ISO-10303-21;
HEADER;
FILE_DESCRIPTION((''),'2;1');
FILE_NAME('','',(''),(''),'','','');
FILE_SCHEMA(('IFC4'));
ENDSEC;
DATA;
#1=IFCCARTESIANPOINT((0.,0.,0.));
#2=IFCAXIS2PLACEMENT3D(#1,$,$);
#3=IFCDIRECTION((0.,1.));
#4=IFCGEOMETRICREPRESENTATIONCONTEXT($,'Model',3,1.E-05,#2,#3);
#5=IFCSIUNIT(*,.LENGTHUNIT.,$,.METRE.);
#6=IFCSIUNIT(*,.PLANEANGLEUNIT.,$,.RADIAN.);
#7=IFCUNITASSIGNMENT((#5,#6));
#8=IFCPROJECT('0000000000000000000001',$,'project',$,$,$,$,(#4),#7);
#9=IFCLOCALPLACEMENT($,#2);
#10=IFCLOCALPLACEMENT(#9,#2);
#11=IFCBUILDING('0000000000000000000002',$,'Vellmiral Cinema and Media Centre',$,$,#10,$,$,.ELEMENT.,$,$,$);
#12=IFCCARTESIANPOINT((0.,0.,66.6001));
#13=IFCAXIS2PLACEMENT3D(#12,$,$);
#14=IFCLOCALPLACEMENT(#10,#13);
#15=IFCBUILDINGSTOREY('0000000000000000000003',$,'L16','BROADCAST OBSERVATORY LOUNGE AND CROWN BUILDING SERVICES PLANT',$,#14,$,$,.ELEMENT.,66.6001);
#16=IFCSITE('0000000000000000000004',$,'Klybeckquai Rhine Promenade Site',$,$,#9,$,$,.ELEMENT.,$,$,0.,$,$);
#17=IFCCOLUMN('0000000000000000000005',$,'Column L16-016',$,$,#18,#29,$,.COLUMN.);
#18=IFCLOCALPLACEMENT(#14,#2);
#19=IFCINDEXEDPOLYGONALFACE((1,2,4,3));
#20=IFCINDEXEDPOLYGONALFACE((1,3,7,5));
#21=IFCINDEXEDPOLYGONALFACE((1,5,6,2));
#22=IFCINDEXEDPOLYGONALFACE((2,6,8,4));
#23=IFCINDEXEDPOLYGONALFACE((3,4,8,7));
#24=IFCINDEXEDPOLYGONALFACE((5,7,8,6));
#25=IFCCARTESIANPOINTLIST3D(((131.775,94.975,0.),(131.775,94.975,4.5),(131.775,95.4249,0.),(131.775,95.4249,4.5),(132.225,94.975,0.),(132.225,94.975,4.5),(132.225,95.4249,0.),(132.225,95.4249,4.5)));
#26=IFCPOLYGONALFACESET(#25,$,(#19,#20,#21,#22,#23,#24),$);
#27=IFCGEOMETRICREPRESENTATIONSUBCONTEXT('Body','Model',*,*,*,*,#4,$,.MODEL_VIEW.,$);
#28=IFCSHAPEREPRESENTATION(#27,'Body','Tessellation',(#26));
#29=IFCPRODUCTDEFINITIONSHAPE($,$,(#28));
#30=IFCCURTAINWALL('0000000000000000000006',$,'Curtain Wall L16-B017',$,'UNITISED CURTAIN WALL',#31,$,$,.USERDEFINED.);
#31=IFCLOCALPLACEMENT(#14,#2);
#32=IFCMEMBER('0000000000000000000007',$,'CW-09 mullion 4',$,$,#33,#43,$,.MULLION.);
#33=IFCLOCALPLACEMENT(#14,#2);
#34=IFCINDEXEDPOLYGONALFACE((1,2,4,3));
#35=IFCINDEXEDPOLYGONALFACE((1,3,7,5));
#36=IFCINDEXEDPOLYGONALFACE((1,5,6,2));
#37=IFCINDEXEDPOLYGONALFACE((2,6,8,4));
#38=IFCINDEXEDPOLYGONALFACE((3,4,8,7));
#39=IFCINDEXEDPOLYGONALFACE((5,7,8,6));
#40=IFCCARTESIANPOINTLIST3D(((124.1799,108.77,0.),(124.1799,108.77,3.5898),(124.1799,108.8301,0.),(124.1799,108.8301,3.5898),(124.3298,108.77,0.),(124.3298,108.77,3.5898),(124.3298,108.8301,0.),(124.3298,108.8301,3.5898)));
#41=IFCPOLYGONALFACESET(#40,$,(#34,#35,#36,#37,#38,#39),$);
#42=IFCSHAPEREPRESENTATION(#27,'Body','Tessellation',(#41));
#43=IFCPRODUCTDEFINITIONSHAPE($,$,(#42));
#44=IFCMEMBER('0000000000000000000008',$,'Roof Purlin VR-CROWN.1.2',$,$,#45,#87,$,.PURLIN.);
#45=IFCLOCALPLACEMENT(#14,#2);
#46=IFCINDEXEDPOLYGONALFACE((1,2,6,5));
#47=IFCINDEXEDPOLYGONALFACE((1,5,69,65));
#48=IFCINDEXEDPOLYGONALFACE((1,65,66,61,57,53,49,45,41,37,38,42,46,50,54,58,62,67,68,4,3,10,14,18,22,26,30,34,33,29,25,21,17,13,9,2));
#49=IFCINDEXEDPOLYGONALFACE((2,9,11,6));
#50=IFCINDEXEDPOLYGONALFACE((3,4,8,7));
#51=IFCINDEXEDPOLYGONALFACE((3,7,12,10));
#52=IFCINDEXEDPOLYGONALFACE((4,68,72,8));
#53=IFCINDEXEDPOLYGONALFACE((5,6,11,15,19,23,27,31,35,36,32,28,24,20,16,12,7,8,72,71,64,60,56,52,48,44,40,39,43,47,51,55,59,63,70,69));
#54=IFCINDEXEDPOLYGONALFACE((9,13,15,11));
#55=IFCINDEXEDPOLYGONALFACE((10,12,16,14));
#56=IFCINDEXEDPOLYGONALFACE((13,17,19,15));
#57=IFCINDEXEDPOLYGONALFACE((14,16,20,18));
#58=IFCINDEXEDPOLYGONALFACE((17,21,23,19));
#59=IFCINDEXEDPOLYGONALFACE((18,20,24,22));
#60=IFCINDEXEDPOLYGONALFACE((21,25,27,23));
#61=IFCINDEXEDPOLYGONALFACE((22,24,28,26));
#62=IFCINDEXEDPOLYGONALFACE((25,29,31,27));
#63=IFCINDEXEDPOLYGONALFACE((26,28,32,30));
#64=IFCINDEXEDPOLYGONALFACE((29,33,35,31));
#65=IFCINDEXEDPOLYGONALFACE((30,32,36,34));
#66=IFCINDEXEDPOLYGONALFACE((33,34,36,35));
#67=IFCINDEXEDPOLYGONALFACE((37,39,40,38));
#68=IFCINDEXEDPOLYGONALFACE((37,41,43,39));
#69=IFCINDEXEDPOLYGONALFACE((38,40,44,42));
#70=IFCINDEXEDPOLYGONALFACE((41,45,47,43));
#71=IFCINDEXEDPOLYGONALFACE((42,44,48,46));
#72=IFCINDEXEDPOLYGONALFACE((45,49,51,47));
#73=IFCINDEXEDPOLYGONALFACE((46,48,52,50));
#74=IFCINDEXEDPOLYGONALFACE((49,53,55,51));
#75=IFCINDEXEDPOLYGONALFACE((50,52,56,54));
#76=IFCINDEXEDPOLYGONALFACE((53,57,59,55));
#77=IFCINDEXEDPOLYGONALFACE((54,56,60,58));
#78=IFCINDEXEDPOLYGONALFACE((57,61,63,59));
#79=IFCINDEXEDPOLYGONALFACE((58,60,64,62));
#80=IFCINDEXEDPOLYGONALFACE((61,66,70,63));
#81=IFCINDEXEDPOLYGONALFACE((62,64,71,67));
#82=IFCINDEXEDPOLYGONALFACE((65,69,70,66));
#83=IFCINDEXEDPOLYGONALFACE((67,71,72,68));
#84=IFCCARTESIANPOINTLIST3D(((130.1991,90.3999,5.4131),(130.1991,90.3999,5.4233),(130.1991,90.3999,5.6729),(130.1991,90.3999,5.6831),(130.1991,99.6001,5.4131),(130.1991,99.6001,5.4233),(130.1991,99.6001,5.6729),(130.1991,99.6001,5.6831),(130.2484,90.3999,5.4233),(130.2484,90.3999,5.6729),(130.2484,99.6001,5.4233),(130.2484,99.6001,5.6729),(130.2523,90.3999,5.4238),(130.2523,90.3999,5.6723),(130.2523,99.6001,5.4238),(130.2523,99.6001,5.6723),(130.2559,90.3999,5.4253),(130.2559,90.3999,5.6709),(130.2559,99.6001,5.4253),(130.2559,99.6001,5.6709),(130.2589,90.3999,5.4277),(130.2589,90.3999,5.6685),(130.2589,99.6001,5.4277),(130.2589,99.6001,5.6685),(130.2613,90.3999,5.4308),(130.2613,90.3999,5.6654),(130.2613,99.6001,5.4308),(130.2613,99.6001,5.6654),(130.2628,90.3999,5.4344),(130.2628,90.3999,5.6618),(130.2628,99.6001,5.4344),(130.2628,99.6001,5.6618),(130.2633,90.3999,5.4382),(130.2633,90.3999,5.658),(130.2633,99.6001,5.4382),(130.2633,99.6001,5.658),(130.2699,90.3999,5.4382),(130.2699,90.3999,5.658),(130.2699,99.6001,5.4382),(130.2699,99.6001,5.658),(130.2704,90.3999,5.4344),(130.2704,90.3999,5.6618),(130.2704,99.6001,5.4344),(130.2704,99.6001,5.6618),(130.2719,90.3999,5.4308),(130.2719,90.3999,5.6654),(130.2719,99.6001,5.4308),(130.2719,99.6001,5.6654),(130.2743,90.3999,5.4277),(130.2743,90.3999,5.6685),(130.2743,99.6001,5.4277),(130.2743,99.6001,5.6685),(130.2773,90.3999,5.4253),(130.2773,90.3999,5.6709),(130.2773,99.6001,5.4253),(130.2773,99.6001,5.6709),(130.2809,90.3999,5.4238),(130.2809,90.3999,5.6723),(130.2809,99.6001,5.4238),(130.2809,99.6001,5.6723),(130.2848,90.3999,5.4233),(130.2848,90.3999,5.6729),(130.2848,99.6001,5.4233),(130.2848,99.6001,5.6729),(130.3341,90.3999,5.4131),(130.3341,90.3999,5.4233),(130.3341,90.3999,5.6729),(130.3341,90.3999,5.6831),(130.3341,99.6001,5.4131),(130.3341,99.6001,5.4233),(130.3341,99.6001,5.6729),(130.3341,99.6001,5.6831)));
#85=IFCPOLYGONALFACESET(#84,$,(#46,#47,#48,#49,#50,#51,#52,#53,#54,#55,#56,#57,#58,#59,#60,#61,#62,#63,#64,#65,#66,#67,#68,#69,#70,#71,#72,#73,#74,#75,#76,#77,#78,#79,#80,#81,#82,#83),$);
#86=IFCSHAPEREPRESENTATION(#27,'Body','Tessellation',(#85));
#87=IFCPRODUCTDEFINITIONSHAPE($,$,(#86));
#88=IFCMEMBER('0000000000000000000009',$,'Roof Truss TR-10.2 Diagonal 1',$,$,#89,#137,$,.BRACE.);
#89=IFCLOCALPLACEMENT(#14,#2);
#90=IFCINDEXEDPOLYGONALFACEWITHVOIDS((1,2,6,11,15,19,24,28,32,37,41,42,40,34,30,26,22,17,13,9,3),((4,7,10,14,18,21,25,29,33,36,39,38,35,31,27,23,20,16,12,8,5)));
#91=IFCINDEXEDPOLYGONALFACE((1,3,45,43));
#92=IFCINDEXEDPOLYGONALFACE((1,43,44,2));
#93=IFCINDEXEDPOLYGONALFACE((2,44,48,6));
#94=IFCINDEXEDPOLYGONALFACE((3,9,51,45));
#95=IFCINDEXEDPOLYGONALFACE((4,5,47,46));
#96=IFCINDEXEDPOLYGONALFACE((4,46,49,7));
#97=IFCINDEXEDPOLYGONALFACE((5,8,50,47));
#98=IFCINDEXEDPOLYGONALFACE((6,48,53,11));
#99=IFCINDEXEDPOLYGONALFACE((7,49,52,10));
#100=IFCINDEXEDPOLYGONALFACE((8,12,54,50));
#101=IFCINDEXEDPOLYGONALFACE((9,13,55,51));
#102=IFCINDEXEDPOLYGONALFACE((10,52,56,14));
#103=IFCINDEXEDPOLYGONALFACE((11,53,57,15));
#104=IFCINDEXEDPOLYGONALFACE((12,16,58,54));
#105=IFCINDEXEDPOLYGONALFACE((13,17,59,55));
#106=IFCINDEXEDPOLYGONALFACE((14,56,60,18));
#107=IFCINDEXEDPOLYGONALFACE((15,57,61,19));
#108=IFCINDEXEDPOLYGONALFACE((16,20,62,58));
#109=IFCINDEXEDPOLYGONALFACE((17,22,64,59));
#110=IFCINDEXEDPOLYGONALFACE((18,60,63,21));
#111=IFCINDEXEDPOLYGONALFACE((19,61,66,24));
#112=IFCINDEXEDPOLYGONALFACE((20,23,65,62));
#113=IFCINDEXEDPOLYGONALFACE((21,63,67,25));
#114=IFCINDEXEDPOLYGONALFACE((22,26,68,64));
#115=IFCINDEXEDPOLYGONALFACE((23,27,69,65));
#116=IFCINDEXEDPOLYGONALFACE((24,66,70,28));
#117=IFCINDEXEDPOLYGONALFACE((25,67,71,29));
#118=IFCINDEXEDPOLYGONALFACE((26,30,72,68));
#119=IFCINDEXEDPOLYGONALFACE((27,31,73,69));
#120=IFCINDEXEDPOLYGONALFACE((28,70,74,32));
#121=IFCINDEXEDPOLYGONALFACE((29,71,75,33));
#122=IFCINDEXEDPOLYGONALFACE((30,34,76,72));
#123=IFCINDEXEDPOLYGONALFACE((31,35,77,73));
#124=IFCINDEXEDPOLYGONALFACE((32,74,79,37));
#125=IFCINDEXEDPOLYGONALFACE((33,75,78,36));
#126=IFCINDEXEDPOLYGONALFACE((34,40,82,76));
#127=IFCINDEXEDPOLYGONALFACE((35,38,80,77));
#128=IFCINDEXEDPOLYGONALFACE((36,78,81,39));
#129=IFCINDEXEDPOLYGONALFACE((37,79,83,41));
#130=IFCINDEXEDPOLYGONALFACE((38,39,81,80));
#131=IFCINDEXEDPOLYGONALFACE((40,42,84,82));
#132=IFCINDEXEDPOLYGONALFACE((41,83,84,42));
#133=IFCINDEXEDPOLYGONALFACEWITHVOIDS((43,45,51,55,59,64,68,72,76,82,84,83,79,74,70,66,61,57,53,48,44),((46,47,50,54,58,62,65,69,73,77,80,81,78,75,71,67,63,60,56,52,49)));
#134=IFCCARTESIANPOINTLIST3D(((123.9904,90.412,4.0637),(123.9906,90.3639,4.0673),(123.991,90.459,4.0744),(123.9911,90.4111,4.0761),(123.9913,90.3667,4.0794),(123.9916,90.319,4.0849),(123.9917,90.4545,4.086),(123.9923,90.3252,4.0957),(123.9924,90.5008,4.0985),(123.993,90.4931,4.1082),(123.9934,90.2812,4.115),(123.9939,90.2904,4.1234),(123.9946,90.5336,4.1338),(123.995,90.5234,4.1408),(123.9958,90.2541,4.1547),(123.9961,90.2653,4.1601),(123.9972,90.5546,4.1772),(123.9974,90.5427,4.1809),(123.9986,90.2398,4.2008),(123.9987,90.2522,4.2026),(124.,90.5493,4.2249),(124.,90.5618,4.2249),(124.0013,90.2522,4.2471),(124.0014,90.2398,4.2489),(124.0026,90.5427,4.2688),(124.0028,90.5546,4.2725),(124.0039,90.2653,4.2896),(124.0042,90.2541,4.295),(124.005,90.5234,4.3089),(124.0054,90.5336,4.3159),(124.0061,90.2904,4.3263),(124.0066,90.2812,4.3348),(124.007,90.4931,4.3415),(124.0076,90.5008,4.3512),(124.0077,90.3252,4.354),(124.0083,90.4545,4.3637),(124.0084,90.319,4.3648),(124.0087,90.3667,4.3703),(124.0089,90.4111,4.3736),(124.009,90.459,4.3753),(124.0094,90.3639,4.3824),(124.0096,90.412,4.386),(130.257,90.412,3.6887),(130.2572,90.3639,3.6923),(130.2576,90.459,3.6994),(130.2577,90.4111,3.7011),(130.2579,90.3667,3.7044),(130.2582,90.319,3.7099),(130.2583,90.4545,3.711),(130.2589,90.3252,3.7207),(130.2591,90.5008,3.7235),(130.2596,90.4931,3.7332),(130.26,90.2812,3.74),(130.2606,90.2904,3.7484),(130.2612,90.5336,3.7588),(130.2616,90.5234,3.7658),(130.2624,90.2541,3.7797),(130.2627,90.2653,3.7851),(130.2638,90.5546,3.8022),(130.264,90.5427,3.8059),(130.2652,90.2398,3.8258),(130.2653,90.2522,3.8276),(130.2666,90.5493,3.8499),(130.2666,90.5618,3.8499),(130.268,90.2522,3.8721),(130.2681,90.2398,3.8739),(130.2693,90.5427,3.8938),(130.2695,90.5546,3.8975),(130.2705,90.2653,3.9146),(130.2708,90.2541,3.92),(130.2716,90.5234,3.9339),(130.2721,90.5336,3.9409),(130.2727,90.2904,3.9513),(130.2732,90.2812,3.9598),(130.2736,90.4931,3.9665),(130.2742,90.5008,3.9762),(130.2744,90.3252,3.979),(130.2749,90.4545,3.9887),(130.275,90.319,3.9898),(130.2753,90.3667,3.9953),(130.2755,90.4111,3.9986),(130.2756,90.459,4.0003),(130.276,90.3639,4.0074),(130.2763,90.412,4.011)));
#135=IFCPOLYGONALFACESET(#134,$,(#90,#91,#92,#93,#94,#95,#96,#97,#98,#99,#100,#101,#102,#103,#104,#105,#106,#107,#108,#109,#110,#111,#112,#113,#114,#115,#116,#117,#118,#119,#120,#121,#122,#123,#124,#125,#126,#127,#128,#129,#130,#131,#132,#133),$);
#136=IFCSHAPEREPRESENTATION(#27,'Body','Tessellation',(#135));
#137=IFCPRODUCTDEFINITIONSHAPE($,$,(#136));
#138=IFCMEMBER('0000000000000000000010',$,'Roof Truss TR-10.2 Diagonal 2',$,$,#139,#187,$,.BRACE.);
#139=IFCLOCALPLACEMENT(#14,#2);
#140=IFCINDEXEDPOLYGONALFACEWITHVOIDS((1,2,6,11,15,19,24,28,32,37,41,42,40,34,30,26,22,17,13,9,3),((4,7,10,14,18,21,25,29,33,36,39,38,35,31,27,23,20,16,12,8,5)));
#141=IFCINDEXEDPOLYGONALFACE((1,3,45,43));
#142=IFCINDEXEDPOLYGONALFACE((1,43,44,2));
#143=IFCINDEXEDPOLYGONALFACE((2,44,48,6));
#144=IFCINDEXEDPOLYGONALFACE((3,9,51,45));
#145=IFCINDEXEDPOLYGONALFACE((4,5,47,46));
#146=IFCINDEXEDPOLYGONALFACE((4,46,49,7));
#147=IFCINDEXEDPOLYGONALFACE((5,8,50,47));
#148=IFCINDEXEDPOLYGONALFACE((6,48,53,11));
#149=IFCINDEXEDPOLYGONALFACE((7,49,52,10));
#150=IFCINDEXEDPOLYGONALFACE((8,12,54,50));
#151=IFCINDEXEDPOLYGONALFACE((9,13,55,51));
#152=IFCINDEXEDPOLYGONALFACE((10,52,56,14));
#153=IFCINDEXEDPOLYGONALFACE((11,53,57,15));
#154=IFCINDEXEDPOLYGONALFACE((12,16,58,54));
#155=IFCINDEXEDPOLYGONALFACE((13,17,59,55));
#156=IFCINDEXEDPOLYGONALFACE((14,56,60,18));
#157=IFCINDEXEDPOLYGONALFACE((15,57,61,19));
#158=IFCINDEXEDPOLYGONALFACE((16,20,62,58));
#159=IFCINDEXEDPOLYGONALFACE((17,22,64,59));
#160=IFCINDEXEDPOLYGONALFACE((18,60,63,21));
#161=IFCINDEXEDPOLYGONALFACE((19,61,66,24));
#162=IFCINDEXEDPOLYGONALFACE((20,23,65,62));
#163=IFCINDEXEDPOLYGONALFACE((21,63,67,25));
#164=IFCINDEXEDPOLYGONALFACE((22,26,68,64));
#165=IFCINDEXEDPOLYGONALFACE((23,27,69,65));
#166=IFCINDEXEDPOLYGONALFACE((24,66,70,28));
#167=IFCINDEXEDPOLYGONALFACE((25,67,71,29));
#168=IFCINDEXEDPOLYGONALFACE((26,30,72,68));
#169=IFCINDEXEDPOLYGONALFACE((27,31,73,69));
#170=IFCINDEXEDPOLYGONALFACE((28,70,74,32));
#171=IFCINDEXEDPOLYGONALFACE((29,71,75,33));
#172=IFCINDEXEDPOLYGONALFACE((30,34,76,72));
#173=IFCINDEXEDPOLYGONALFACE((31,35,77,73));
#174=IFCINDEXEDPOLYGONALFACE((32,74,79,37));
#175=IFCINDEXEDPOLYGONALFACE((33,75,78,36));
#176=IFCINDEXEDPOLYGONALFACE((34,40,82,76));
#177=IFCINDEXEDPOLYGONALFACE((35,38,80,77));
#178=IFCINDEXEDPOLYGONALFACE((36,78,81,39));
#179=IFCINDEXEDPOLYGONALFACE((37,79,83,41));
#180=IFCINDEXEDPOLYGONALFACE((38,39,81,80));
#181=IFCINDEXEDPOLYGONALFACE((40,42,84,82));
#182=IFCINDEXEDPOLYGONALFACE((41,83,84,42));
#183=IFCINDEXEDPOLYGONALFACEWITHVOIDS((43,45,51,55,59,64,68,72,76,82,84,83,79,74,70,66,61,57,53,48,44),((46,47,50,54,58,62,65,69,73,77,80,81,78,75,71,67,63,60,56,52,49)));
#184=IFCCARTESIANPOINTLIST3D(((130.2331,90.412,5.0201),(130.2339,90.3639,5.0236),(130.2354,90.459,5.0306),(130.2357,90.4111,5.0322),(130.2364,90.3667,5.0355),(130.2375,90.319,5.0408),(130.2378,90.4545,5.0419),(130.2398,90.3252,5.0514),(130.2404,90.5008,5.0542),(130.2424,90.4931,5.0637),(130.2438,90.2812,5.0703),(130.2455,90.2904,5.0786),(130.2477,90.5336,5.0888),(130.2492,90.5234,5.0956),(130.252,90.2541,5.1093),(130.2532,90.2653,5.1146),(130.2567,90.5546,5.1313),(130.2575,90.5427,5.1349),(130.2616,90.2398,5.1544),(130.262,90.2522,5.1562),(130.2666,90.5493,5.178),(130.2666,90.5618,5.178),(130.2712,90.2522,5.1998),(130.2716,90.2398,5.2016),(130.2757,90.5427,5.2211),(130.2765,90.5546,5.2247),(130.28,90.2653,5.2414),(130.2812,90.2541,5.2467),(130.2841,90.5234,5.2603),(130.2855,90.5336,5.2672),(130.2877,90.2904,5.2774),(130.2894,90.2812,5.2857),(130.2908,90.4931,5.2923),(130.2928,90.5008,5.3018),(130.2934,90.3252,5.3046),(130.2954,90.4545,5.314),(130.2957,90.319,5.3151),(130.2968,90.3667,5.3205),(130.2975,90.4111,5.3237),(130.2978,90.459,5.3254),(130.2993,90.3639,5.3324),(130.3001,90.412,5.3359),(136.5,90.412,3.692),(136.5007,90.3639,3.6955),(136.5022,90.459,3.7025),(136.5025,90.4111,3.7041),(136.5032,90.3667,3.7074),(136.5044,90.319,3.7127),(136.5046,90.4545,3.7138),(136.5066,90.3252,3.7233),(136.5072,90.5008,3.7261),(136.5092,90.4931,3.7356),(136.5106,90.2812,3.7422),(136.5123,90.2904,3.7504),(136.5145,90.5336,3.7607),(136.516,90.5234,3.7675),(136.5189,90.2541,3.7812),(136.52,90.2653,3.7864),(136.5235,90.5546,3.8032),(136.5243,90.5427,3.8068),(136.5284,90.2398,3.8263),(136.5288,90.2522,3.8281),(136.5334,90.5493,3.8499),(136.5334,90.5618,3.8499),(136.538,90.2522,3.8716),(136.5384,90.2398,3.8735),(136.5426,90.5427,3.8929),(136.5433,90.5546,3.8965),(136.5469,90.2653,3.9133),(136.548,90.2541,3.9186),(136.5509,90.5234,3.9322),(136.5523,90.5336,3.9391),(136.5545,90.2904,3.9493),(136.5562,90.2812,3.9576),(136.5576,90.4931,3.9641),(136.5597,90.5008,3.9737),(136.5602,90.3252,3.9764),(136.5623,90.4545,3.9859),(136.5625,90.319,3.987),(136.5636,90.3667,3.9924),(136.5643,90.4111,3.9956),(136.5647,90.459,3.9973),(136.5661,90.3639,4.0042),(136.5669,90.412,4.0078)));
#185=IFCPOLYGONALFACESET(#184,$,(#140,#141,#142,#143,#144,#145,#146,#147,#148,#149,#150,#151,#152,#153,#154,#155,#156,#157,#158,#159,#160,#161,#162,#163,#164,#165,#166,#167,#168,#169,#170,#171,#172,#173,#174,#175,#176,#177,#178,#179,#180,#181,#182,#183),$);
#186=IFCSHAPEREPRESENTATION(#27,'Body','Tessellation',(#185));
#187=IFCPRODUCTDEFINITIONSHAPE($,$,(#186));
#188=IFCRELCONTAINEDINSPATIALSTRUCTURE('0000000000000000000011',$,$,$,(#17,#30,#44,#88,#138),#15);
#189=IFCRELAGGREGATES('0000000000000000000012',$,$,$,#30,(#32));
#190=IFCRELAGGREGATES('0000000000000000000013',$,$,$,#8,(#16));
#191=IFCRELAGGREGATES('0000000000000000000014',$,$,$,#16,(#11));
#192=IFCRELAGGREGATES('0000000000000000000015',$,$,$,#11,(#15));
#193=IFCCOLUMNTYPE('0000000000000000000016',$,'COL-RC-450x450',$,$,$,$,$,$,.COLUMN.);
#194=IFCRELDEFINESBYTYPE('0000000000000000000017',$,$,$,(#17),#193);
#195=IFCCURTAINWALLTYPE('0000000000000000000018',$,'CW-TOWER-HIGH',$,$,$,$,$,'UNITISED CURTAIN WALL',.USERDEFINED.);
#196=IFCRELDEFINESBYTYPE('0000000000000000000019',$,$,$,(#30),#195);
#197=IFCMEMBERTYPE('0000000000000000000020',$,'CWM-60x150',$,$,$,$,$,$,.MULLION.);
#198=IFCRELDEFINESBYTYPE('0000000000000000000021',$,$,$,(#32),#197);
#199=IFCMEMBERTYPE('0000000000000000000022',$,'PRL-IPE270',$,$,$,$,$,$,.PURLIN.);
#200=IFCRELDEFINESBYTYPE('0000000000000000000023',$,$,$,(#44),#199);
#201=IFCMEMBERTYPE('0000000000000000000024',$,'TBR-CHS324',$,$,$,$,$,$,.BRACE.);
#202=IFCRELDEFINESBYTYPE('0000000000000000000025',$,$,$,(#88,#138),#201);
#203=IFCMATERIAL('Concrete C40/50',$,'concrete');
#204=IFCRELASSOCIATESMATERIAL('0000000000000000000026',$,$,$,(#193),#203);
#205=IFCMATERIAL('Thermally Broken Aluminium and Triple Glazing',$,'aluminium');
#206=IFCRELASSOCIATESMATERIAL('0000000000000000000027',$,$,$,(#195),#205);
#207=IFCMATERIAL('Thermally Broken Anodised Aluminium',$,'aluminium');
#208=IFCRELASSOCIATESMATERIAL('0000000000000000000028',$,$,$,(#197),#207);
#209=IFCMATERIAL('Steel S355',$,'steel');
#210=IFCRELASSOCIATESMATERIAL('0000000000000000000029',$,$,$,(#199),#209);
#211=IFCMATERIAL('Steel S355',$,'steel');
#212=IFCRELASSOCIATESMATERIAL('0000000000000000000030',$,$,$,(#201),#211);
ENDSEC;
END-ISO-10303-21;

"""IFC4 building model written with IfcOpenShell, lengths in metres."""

from ifc_helpers import new_model, si_unit, direction, frame, origin, origin_2d, place, context, subcontext, project, spatial, rectangle, hollow_circle, i_section, extrude, material, material_profile, profile_set, type_object, element, aggregate, save


model = new_model("IFC4")

# Units and contexts
model_context = context("Model", 3, precision=1e-05, world=origin(), true_north=direction((0.0, 1.0)))
body_context = subcontext(model_context, "Body", "Model", "MODEL_VIEW")
ifc_project = project(units=[si_unit("LENGTHUNIT", "METRE"), si_unit("PLANEANGLEUNIT", "RADIAN")], contexts=[model_context])

# Site, building, storey
site_placement = place(None, origin())
site = spatial("IfcSite", under=ifc_project, at=site_placement, Name="Klybeckquai Rhine Promenade Site", CompositionType="ELEMENT", RefElevation=0.0)
building_placement = place(site_placement, origin())
building = spatial("IfcBuilding", under=site, at=building_placement, Name="Vellmiral Cinema and Media Centre", CompositionType="ELEMENT")
storey_placement = place(building_placement, frame((0.0, 0.0, 66.6001)))
storey = spatial("IfcBuildingStorey", under=building, at=storey_placement, Name="L16", Description="BROADCAST OBSERVATORY LOUNGE AND CROWN BUILDING SERVICES PLANT", CompositionType="ELEMENT", Elevation=66.6001)

# Column
ifc_material_1 = material(Name="Concrete C40/50", Category="concrete")
ifc_material_profile_1 = material_profile(ifc_material_1, rectangle(XDim=0.45, YDim=0.45, at=origin_2d()), Name="RC 450x450")
ifc_profile_set_1 = profile_set([ifc_material_profile_1], Name="Concrete C40/50")
column_type = type_object("IfcColumnType", Name="COL-RC-450x450", PredefinedType="COLUMN", material=ifc_profile_set_1)
column_placement = place(storey_placement, frame((132.0, 95.2, 0.0), z_axis=(0.0, 0.0, 1.0), x_axis=(1.0, 0.0, 0.0)))
element("IfcColumn", 1, at=column_placement, inside=storey, type_object=column_type, Name="Column L16-016", PredefinedType="COLUMN", context=body_context, shape_type="SweptSolid", body=[
    extrude(rectangle(XDim=0.45, YDim=0.45, at=origin_2d()), origin(), (0.0, 0.0, 1.0), 4.5),
])

# Curtain wall, member
ifc_material_2 = material(Name="Thermally Broken Aluminium and Triple Glazing", Category="aluminium")
curtain_wall_type = type_object("IfcCurtainWallType", Name="CW-TOWER-HIGH", ElementType="UNITISED CURTAIN WALL", PredefinedType="USERDEFINED", material=ifc_material_2)
curtain_wall_placement = place(storey_placement, origin())
curtain_wall = element("IfcCurtainWall", 2, at=curtain_wall_placement, inside=storey, type_object=curtain_wall_type, Name="Curtain Wall L16-B017", ObjectType="UNITISED CURTAIN WALL", PredefinedType="USERDEFINED")
ifc_material_3 = material(Name="Thermally Broken Anodised Aluminium", Category="aluminium")
ifc_material_profile_2 = material_profile(ifc_material_3, rectangle(XDim=0.0601, YDim=0.1499, at=origin_2d()), Name="MULL 60x150")
ifc_profile_set_2 = profile_set([ifc_material_profile_2], Name="Thermally Broken Anodised Aluminium")
member_type_1 = type_object("IfcMemberType", Name="CWM-60x150", PredefinedType="MULLION", material=ifc_profile_set_2)
member_1_placement = place(storey_placement, frame((124.2549, 108.8, 0.0), z_axis=(0.0, 0.0, 1.0), x_axis=(0.0, -1.0, 0.0)))
member_1 = element("IfcMember", 3, at=member_1_placement, type_object=member_type_1, Name="CW-09 mullion 4", PredefinedType="MULLION", context=body_context, shape_type="SweptSolid", body=[
    extrude(rectangle(XDim=0.0601, YDim=0.1499, at=origin_2d()), origin(), (0.0, 0.0, 1.0), 3.5898),
])

# Members
ifc_material_4 = material(Name="Steel S355", Category="steel")
ifc_material_profile_3 = material_profile(ifc_material_4, i_section(OverallWidth=0.135, OverallDepth=0.27, WebThickness=0.0066, FlangeThickness=0.0103, FilletRadius=0.0149, at=origin_2d()), Name="IPE 270")
ifc_profile_set_3 = profile_set([ifc_material_profile_3], Name="Steel S355")
member_type_2 = type_object("IfcMemberType", Name="PRL-IPE270", PredefinedType="PURLIN", material=ifc_profile_set_3)
member_2_placement = place(storey_placement, frame((130.2666, 90.3999, 5.5481), z_axis=(0.0, 1.0, 0.0), x_axis=(-1.0, 0.0, 0.0)))
element("IfcMember", 4, at=member_2_placement, inside=storey, type_object=member_type_2, Name="Roof Purlin VR-CROWN.1.2", PredefinedType="PURLIN", context=body_context, shape_type="SweptSolid", body=[
    extrude(i_section(OverallWidth=0.135, OverallDepth=0.27, WebThickness=0.0066, FlangeThickness=0.0103, FilletRadius=0.0149, at=origin_2d()), origin(), (0.0, 0.0, 1.0), 9.2002),
])
ifc_material_5 = material(Name="Steel S355", Category="steel")
ifc_material_profile_4 = material_profile(ifc_material_5, hollow_circle(Radius=0.1619, WallThickness=0.0125, at=origin_2d()), Name="CHS 323.9x12.5")
ifc_profile_set_4 = profile_set([ifc_material_profile_4], Name="Steel S355")
member_type_3 = type_object("IfcMemberType", Name="TBR-CHS324", PredefinedType="BRACE", material=ifc_profile_set_4)
member_3_placement = place(storey_placement, frame((124.0, 90.3999, 4.2249), z_axis=(0.998214, 0.0, -0.059734), x_axis=(0.0, 1.0, 0.0)))
element("IfcMember", 5, at=member_3_placement, inside=storey, type_object=member_type_3, Name="Roof Truss TR-10.2 Diagonal 1", PredefinedType="BRACE", context=body_context, shape_type="SweptSolid", body=[
    extrude(hollow_circle(Radius=0.1619, WallThickness=0.0125, at=origin_2d()), origin(), (0.0, 0.0, 1.0), 6.2778),
])
member_4_placement = place(storey_placement, frame((130.2666, 90.3999, 5.178), z_axis=(0.978272, 0.0, -0.207324), x_axis=(0.0, 1.0, 0.0)))
element("IfcMember", 6, at=member_4_placement, inside=storey, type_object=member_type_3, Name="Roof Truss TR-10.2 Diagonal 2", PredefinedType="BRACE", context=body_context, shape_type="SweptSolid", body=[
    extrude(hollow_circle(Radius=0.1619, WallThickness=0.0125, at=origin_2d()), origin(), (0.0, 0.0, 1.0), 6.406),
])

aggregate(curtain_wall, [member_1])

save(model, "model.ifc")
